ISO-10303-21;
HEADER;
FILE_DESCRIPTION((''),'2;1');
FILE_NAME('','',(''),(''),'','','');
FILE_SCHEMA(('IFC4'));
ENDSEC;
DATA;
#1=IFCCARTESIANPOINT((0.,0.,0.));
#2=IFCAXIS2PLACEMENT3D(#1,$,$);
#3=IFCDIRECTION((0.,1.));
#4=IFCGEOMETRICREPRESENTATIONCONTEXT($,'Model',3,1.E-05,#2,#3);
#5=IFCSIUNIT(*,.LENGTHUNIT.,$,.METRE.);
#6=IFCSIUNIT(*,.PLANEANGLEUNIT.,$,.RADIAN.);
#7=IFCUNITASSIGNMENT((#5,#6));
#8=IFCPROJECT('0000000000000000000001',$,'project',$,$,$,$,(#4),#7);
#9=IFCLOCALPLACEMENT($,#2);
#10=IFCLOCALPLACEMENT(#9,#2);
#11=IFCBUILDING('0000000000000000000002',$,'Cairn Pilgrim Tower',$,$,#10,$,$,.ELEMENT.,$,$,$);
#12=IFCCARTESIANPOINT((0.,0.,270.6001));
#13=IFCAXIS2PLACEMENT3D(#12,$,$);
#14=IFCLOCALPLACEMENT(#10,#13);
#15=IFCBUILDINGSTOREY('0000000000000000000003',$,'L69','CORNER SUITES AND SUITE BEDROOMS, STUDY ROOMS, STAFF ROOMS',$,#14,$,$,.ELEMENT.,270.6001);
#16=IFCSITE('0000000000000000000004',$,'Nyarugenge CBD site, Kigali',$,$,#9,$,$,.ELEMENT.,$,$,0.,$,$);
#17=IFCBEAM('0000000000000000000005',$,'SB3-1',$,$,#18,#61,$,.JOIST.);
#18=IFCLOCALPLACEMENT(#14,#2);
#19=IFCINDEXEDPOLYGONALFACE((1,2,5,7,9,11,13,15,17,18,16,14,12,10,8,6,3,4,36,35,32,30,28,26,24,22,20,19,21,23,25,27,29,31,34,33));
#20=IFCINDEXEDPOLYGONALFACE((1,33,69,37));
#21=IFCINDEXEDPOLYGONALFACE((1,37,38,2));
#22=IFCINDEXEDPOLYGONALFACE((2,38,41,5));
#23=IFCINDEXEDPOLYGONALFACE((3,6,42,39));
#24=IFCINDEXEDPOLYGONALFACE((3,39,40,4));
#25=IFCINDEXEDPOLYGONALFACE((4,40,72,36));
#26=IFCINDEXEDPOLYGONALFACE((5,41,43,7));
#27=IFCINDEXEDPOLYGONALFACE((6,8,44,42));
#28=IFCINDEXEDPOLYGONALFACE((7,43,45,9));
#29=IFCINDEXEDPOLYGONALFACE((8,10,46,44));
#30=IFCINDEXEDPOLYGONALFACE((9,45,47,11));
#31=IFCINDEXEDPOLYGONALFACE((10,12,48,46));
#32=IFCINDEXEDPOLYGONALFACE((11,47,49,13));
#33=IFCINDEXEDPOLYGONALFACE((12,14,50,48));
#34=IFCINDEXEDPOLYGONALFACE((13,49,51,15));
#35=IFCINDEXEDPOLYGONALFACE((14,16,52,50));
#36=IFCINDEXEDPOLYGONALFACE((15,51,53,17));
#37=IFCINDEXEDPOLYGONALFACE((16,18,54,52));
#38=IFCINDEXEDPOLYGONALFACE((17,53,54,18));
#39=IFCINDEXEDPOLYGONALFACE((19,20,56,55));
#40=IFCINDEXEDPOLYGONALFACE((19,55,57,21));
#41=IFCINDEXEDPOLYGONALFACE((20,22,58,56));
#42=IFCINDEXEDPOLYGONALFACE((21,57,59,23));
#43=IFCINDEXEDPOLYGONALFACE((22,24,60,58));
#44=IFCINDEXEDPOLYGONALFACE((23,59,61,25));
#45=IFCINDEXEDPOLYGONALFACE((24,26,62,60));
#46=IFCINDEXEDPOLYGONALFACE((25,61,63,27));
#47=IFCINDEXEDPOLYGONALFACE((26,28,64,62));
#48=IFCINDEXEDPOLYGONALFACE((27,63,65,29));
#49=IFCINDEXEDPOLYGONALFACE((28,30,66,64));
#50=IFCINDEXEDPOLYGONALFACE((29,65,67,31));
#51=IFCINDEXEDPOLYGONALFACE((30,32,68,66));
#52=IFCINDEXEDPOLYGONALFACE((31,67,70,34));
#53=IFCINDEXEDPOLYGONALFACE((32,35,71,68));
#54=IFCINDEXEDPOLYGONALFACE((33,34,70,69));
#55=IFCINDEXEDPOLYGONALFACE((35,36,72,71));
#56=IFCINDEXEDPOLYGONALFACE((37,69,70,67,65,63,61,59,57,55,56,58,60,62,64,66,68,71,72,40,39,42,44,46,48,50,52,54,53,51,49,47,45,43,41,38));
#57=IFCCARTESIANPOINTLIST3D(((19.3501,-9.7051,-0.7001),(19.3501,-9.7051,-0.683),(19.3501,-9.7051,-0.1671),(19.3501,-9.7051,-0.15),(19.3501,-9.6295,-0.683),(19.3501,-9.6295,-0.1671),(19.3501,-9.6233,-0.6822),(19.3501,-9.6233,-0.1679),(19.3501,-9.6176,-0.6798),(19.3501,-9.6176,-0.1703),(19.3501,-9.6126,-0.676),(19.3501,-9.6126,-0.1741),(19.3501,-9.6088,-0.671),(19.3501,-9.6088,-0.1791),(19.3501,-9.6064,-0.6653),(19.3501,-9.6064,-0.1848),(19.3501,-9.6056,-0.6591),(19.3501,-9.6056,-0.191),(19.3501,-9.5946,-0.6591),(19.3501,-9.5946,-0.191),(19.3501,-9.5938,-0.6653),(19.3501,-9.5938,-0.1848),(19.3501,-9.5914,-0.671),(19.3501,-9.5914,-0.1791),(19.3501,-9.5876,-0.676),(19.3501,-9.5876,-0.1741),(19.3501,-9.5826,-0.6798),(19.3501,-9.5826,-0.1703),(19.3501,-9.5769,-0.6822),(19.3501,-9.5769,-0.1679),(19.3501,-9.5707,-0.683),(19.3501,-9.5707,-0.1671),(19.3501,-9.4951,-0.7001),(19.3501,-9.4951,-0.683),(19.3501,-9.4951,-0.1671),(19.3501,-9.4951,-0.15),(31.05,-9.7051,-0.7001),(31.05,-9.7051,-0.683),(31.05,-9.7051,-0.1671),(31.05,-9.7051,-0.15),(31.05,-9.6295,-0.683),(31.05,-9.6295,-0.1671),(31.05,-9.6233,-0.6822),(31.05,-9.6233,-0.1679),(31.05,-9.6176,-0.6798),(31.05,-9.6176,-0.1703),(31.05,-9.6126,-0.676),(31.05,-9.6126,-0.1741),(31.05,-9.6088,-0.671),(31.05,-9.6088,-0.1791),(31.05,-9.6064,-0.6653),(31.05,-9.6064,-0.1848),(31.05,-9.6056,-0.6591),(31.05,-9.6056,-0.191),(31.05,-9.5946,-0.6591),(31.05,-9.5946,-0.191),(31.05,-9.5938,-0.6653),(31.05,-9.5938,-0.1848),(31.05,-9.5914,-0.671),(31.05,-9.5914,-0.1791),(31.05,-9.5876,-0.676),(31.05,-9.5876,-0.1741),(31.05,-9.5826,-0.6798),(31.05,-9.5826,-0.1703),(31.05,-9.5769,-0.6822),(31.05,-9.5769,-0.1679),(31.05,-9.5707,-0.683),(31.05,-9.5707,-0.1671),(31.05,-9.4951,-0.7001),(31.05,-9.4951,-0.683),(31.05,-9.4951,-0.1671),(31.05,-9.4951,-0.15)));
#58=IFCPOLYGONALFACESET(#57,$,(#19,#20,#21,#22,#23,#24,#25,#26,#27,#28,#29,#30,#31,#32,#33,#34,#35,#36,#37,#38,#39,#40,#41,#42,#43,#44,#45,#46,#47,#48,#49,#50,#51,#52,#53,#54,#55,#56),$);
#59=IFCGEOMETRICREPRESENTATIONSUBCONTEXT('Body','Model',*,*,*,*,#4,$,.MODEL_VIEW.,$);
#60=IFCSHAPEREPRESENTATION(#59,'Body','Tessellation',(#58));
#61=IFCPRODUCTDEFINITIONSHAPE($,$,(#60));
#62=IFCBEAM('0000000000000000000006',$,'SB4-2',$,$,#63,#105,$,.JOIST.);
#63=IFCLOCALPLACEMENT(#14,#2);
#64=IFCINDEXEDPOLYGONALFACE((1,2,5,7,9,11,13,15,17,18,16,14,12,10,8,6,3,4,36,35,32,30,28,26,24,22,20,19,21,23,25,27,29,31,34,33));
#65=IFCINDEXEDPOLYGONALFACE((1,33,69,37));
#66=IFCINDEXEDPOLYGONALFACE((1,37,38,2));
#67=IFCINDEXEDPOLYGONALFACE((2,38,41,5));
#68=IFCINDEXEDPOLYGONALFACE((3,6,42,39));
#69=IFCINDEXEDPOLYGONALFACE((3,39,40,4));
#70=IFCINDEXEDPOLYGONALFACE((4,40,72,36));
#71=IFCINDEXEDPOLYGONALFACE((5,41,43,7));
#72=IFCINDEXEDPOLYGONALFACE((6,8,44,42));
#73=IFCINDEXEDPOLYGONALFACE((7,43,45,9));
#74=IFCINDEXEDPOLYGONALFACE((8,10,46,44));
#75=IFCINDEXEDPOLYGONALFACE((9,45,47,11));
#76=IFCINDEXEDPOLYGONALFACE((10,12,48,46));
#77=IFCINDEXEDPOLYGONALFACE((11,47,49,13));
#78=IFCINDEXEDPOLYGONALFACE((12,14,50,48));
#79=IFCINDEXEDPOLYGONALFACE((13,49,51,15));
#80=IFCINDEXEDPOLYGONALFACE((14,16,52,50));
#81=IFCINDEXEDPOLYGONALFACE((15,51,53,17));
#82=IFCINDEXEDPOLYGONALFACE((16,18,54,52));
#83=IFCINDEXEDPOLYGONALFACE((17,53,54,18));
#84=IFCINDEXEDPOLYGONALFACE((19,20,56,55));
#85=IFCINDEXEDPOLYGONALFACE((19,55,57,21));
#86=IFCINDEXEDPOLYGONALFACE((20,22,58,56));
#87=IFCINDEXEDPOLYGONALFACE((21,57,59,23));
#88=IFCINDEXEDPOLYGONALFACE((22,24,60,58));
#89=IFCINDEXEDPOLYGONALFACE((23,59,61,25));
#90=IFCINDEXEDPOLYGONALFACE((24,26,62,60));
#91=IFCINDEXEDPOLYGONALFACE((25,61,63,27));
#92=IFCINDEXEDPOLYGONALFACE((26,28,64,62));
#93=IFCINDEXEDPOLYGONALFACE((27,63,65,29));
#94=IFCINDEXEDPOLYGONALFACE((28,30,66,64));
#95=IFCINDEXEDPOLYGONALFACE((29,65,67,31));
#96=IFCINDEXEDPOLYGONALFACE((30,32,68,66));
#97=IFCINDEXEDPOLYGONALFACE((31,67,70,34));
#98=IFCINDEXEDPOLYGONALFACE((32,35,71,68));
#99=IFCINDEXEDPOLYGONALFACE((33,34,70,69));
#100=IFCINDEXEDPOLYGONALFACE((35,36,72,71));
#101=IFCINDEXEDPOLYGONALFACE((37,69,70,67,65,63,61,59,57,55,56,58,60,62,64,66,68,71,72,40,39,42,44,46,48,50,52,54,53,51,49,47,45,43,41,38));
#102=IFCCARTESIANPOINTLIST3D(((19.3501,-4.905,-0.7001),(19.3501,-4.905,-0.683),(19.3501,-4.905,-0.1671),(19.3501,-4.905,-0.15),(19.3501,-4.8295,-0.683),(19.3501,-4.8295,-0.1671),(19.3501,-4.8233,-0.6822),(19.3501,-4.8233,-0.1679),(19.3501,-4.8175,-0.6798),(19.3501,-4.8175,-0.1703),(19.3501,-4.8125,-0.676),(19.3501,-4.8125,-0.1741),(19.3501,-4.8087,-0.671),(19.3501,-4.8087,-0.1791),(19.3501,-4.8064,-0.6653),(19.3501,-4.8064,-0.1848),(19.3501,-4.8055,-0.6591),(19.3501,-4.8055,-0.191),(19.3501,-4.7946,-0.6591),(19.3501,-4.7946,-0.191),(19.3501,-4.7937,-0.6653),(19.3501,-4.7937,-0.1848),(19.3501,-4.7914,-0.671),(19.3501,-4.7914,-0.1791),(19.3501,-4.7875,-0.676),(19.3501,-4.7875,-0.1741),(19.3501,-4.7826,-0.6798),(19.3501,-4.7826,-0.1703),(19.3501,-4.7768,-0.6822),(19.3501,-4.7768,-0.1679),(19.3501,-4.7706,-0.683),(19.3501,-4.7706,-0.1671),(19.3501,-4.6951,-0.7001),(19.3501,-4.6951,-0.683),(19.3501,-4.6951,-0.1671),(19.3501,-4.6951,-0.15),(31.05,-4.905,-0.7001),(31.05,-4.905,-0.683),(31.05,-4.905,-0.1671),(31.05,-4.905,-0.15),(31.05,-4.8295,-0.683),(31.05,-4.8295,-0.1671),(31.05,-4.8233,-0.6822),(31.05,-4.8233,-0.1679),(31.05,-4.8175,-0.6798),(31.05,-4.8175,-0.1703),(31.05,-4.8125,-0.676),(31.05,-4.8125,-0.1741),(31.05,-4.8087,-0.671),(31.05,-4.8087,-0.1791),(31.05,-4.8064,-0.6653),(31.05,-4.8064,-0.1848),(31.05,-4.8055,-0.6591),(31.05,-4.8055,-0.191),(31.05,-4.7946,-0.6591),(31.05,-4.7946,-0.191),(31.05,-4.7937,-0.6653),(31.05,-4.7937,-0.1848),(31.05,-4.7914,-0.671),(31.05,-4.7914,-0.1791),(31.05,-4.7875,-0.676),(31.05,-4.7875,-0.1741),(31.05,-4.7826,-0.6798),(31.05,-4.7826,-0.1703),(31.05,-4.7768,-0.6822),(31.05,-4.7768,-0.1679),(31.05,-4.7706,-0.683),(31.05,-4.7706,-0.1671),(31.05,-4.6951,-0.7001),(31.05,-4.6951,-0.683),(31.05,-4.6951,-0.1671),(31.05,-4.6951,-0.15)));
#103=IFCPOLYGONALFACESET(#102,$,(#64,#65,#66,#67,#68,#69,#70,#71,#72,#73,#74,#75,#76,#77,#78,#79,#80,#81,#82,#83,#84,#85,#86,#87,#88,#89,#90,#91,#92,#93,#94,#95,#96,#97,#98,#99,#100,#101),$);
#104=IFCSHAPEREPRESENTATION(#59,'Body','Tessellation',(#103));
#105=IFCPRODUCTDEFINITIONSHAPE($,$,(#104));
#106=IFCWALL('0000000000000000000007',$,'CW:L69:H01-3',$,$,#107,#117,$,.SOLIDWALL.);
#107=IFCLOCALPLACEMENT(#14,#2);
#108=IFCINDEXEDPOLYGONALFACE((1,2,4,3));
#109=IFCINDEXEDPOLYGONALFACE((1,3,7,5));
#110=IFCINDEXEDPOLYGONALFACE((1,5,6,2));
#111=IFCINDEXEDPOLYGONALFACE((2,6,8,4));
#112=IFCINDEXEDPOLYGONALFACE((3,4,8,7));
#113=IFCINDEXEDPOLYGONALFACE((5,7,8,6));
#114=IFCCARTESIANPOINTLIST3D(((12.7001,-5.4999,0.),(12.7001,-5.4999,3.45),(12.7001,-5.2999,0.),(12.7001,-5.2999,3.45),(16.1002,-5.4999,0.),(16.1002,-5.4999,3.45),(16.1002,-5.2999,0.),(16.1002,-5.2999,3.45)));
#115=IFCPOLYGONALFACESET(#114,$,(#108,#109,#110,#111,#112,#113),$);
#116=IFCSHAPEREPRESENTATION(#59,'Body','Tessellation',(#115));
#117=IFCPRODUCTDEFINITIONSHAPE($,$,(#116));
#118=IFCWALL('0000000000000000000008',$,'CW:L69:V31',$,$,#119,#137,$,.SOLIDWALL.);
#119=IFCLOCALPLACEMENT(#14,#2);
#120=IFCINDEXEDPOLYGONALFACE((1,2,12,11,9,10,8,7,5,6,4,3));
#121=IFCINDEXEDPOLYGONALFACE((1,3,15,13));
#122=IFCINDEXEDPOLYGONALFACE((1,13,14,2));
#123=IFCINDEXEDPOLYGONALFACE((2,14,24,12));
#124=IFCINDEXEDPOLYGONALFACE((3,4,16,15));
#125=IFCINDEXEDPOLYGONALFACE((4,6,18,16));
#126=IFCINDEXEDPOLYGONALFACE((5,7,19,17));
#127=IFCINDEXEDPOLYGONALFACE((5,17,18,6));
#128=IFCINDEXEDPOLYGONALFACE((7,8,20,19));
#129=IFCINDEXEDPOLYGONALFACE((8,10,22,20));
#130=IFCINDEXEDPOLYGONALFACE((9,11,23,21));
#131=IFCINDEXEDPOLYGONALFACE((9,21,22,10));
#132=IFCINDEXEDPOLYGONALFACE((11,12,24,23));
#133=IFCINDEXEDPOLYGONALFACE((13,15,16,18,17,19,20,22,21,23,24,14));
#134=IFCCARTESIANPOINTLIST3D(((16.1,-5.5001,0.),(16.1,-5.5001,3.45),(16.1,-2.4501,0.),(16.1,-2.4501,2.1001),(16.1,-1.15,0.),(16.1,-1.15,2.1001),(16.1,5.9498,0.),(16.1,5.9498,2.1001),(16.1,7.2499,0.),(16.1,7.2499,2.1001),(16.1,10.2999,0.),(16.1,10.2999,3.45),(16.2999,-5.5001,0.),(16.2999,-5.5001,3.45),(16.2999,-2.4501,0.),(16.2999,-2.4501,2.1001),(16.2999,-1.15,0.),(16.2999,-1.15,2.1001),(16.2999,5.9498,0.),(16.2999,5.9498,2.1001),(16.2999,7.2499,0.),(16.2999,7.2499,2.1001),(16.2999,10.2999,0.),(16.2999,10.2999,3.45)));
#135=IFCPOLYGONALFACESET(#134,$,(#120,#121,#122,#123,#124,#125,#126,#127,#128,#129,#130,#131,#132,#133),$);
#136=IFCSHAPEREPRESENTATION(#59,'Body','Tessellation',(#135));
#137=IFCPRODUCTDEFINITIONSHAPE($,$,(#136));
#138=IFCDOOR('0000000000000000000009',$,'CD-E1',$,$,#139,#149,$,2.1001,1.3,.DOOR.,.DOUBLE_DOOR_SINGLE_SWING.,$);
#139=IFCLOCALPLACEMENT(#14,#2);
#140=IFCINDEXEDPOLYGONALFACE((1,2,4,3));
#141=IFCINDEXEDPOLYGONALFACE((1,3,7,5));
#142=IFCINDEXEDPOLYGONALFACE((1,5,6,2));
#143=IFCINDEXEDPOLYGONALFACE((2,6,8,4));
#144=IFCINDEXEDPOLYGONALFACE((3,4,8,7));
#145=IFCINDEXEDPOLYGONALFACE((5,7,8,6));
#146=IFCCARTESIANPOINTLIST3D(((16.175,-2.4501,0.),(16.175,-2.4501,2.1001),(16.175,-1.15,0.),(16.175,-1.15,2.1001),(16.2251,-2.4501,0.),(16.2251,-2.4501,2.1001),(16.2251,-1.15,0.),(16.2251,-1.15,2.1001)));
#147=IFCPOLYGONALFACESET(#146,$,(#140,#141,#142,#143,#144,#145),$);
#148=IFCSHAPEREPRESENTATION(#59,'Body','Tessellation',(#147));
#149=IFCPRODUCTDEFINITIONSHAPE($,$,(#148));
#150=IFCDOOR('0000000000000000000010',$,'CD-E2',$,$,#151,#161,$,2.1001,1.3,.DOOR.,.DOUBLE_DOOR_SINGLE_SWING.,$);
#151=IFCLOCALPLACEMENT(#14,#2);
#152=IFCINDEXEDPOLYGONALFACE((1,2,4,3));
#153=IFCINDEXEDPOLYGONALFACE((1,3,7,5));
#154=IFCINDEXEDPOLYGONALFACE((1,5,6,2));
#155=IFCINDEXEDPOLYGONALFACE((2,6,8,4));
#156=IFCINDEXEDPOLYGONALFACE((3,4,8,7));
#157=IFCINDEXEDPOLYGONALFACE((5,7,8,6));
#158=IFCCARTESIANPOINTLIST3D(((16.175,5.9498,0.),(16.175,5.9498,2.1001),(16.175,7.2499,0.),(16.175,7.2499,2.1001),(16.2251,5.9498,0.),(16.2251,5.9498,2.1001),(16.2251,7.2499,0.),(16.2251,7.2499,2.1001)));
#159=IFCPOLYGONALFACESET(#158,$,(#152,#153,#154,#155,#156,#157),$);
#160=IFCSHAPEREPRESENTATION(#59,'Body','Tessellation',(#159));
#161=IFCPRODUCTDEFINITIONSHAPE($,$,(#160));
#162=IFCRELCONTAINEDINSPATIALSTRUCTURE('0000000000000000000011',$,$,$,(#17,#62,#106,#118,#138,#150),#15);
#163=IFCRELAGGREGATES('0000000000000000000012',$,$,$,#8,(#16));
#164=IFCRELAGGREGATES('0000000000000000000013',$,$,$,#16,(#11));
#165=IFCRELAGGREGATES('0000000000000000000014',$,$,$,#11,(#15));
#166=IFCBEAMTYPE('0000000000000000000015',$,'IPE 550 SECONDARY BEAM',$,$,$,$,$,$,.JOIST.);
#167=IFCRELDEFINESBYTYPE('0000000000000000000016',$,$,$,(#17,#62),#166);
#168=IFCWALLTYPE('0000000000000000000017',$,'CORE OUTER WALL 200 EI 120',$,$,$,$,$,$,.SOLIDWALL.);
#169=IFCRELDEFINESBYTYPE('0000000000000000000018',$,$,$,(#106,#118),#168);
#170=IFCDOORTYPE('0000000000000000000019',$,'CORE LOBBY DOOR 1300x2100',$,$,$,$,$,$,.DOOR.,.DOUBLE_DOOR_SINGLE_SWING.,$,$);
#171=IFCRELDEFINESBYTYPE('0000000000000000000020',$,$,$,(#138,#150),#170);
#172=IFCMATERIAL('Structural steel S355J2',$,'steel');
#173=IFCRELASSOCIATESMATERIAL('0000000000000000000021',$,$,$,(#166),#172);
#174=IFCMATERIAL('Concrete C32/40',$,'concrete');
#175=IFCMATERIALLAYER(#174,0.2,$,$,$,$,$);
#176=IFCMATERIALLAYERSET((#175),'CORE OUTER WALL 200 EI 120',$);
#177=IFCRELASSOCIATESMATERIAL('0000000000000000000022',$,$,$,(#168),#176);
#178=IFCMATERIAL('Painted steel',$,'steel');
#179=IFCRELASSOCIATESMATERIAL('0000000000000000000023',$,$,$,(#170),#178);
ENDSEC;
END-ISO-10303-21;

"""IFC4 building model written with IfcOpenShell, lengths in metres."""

from ifc_helpers import new_model, si_unit, direction, frame, frame_2d, origin, origin_2d, place, context, subcontext, project, spatial, rectangle, i_section, extrude, material, layer, layer_set, material_profile, profile_set, type_object, element, fill, save


model = new_model("IFC4")

# Units and contexts
model_context = context("Model", 3, precision=1e-05, world=origin(), true_north=direction((0.0, 1.0)))
body_context = subcontext(model_context, "Body", "Model", "MODEL_VIEW")
ifc_project = project(units=[si_unit("LENGTHUNIT", "METRE"), si_unit("PLANEANGLEUNIT", "RADIAN")], contexts=[model_context])

# Site, building, storey
site_placement = place(None, origin())
site = spatial("IfcSite", under=ifc_project, at=site_placement, Name="Nyarugenge CBD site, Kigali", CompositionType="ELEMENT", RefElevation=0.0)
building_placement = place(site_placement, origin())
building = spatial("IfcBuilding", under=site, at=building_placement, Name="Cairn Pilgrim Tower", CompositionType="ELEMENT")
storey_placement = place(building_placement, frame((0.0, 0.0, 270.6001)))
storey = spatial("IfcBuildingStorey", under=building, at=storey_placement, Name="L69", Description="CORNER SUITES AND SUITE BEDROOMS, STUDY ROOMS, STAFF ROOMS", CompositionType="ELEMENT", Elevation=270.6001)

# Shared definitions
ifc_material_1 = material(Name="Structural steel S355J2", Category="steel")

# Beams
ifc_material_profile_1 = material_profile(ifc_material_1, i_section(OverallWidth=0.21, OverallDepth=0.55, WebThickness=0.011, FlangeThickness=0.0171, FilletRadius=0.0239, at=origin_2d()), Name="IPE 550")
ifc_profile_set_1 = profile_set([ifc_material_profile_1], Name="Structural steel S355J2")
beam_type_1 = type_object("IfcBeamType", Name="IPE 550 SECONDARY BEAM", PredefinedType="JOIST", material=ifc_profile_set_1)
for number, where, z_axis, x_axis, name in (
    (1, (19.3501, -9.6001, -0.425), (1.0, 0.0, 0.0), (0.0, 1.0, 0.0), "SB3-1"),
    (2, (19.3501, -4.8, -0.425), (1.0, 0.0, 0.0), (0.0, 1.0, 0.0), "SB4-2"),
):
    element("IfcBeam", number, at=place(storey_placement, frame(where, z_axis=z_axis, x_axis=x_axis)), inside=storey, type_object=beam_type_1, Name=name, PredefinedType="JOIST", context=body_context, shape_type="SweptSolid", body=[
        extrude(i_section(OverallWidth=0.21, OverallDepth=0.55, WebThickness=0.011, FlangeThickness=0.0171, FilletRadius=0.0239, at=origin_2d()), origin(), (0.0, 0.0, 1.0), 11.7),
    ])

# Wall
ifc_material_2 = material(Name="Concrete C32/40", Category="concrete")
ifc_layer_1 = layer(ifc_material_2, 0.2)
ifc_layer_set_1 = layer_set([ifc_layer_1], Name="CORE OUTER WALL 200 EI 120")
wall_type_1 = type_object("IfcWallType", Name="CORE OUTER WALL 200 EI 120", PredefinedType="SOLIDWALL", material=ifc_layer_set_1)
wall_1_placement = place(storey_placement, frame((12.7, -5.3999, 0.0), z_axis=(0.0, 0.0, 1.0), x_axis=(1.0, 0.0, 0.0)))
element("IfcWall", 3, at=wall_1_placement, inside=storey, type_object=wall_type_1, Name="CW:L69:H01-3", PredefinedType="SOLIDWALL", context=body_context, shape_type="SweptSolid", body=[
    extrude(rectangle(XDim=3.4001, YDim=0.2, at=frame_2d((1.7002, 0.0))), origin(), (0.0, 0.0, 1.0), 3.45),
])

# Wall, openings, doors
wall_2_placement = place(storey_placement, frame((16.2, -5.5, 0.0), z_axis=(0.0, 0.0, 1.0), x_axis=(0.0, 1.0, 0.0)))
wall_2 = element("IfcWall", 4, at=wall_2_placement, inside=storey, type_object=wall_type_1, Name="CW:L69:V31", PredefinedType="SOLIDWALL", context=body_context, shape_type="SweptSolid", body=[
    extrude(rectangle(XDim=15.8, YDim=0.2, at=frame_2d((7.8999, 0.0))), origin(), (0.0, 0.0, 1.0), 3.45),
])
opening_1_placement = place(wall_2_placement, frame((3.05, 0.0, 0.0)))
opening_1 = element("IfcOpeningElement", 5, at=opening_1_placement, cuts=wall_2, PredefinedType="OPENING", context=body_context, shape_type="SweptSolid", body=[
    extrude(rectangle(XDim=1.3, YDim=2.1001, at=frame_2d((0.6499, 1.05))), frame((0.0, 0.1099, 0.0), z_axis=(0.0, -1.0, 0.0), x_axis=(1.0, 0.0, 0.0)), (0.0, 0.0, 1.0), 0.22),
])
opening_2_placement = place(wall_2_placement, frame((11.45, 0.0, 0.0)))
opening_2 = element("IfcOpeningElement", 6, at=opening_2_placement, cuts=wall_2, PredefinedType="OPENING", context=body_context, shape_type="SweptSolid", body=[
    extrude(rectangle(XDim=1.3, YDim=2.1001, at=frame_2d((0.6499, 1.05))), frame((0.0, 0.1099, 0.0), z_axis=(0.0, -1.0, 0.0), x_axis=(1.0, 0.0, 0.0)), (0.0, 0.0, 1.0), 0.22),
])
ifc_material_3 = material(Name="Painted steel", Category="steel")
door_type_1 = type_object("IfcDoorType", Name="CORE LOBBY DOOR 1300x2100", OperationType="DOUBLE_DOOR_SINGLE_SWING", PredefinedType="DOOR", material=ifc_material_3)
door_1_placement = place(opening_1_placement, origin())
door_1 = element("IfcDoor", 7, at=door_1_placement, inside=storey, type_object=door_type_1, Name="CD-E1", OperationType="DOUBLE_DOOR_SINGLE_SWING", OverallHeight=2.1001, OverallWidth=1.3, PredefinedType="DOOR", context=body_context, shape_type="SweptSolid", body=[
    extrude(rectangle(XDim=1.3, YDim=2.1001, at=frame_2d((0.6499, 1.05))), frame((0.0, 0.0249, 0.0), z_axis=(0.0, -1.0, 0.0), x_axis=(1.0, 0.0, 0.0)), (0.0, 0.0, 1.0), 0.05),
])
fill(opening_1, door_1)
door_2_placement = place(opening_2_placement, origin())
door_2 = element("IfcDoor", 8, at=door_2_placement, inside=storey, type_object=door_type_1, Name="CD-E2", OperationType="DOUBLE_DOOR_SINGLE_SWING", OverallHeight=2.1001, OverallWidth=1.3, PredefinedType="DOOR", context=body_context, shape_type="SweptSolid", body=[
    extrude(rectangle(XDim=1.3, YDim=2.1001, at=frame_2d((0.6499, 1.05))), frame((0.0, 0.0249, 0.0), z_axis=(0.0, -1.0, 0.0), x_axis=(1.0, 0.0, 0.0)), (0.0, 0.0, 1.0), 0.05),
])
fill(opening_2, door_2)

save(model, "model.ifc")
